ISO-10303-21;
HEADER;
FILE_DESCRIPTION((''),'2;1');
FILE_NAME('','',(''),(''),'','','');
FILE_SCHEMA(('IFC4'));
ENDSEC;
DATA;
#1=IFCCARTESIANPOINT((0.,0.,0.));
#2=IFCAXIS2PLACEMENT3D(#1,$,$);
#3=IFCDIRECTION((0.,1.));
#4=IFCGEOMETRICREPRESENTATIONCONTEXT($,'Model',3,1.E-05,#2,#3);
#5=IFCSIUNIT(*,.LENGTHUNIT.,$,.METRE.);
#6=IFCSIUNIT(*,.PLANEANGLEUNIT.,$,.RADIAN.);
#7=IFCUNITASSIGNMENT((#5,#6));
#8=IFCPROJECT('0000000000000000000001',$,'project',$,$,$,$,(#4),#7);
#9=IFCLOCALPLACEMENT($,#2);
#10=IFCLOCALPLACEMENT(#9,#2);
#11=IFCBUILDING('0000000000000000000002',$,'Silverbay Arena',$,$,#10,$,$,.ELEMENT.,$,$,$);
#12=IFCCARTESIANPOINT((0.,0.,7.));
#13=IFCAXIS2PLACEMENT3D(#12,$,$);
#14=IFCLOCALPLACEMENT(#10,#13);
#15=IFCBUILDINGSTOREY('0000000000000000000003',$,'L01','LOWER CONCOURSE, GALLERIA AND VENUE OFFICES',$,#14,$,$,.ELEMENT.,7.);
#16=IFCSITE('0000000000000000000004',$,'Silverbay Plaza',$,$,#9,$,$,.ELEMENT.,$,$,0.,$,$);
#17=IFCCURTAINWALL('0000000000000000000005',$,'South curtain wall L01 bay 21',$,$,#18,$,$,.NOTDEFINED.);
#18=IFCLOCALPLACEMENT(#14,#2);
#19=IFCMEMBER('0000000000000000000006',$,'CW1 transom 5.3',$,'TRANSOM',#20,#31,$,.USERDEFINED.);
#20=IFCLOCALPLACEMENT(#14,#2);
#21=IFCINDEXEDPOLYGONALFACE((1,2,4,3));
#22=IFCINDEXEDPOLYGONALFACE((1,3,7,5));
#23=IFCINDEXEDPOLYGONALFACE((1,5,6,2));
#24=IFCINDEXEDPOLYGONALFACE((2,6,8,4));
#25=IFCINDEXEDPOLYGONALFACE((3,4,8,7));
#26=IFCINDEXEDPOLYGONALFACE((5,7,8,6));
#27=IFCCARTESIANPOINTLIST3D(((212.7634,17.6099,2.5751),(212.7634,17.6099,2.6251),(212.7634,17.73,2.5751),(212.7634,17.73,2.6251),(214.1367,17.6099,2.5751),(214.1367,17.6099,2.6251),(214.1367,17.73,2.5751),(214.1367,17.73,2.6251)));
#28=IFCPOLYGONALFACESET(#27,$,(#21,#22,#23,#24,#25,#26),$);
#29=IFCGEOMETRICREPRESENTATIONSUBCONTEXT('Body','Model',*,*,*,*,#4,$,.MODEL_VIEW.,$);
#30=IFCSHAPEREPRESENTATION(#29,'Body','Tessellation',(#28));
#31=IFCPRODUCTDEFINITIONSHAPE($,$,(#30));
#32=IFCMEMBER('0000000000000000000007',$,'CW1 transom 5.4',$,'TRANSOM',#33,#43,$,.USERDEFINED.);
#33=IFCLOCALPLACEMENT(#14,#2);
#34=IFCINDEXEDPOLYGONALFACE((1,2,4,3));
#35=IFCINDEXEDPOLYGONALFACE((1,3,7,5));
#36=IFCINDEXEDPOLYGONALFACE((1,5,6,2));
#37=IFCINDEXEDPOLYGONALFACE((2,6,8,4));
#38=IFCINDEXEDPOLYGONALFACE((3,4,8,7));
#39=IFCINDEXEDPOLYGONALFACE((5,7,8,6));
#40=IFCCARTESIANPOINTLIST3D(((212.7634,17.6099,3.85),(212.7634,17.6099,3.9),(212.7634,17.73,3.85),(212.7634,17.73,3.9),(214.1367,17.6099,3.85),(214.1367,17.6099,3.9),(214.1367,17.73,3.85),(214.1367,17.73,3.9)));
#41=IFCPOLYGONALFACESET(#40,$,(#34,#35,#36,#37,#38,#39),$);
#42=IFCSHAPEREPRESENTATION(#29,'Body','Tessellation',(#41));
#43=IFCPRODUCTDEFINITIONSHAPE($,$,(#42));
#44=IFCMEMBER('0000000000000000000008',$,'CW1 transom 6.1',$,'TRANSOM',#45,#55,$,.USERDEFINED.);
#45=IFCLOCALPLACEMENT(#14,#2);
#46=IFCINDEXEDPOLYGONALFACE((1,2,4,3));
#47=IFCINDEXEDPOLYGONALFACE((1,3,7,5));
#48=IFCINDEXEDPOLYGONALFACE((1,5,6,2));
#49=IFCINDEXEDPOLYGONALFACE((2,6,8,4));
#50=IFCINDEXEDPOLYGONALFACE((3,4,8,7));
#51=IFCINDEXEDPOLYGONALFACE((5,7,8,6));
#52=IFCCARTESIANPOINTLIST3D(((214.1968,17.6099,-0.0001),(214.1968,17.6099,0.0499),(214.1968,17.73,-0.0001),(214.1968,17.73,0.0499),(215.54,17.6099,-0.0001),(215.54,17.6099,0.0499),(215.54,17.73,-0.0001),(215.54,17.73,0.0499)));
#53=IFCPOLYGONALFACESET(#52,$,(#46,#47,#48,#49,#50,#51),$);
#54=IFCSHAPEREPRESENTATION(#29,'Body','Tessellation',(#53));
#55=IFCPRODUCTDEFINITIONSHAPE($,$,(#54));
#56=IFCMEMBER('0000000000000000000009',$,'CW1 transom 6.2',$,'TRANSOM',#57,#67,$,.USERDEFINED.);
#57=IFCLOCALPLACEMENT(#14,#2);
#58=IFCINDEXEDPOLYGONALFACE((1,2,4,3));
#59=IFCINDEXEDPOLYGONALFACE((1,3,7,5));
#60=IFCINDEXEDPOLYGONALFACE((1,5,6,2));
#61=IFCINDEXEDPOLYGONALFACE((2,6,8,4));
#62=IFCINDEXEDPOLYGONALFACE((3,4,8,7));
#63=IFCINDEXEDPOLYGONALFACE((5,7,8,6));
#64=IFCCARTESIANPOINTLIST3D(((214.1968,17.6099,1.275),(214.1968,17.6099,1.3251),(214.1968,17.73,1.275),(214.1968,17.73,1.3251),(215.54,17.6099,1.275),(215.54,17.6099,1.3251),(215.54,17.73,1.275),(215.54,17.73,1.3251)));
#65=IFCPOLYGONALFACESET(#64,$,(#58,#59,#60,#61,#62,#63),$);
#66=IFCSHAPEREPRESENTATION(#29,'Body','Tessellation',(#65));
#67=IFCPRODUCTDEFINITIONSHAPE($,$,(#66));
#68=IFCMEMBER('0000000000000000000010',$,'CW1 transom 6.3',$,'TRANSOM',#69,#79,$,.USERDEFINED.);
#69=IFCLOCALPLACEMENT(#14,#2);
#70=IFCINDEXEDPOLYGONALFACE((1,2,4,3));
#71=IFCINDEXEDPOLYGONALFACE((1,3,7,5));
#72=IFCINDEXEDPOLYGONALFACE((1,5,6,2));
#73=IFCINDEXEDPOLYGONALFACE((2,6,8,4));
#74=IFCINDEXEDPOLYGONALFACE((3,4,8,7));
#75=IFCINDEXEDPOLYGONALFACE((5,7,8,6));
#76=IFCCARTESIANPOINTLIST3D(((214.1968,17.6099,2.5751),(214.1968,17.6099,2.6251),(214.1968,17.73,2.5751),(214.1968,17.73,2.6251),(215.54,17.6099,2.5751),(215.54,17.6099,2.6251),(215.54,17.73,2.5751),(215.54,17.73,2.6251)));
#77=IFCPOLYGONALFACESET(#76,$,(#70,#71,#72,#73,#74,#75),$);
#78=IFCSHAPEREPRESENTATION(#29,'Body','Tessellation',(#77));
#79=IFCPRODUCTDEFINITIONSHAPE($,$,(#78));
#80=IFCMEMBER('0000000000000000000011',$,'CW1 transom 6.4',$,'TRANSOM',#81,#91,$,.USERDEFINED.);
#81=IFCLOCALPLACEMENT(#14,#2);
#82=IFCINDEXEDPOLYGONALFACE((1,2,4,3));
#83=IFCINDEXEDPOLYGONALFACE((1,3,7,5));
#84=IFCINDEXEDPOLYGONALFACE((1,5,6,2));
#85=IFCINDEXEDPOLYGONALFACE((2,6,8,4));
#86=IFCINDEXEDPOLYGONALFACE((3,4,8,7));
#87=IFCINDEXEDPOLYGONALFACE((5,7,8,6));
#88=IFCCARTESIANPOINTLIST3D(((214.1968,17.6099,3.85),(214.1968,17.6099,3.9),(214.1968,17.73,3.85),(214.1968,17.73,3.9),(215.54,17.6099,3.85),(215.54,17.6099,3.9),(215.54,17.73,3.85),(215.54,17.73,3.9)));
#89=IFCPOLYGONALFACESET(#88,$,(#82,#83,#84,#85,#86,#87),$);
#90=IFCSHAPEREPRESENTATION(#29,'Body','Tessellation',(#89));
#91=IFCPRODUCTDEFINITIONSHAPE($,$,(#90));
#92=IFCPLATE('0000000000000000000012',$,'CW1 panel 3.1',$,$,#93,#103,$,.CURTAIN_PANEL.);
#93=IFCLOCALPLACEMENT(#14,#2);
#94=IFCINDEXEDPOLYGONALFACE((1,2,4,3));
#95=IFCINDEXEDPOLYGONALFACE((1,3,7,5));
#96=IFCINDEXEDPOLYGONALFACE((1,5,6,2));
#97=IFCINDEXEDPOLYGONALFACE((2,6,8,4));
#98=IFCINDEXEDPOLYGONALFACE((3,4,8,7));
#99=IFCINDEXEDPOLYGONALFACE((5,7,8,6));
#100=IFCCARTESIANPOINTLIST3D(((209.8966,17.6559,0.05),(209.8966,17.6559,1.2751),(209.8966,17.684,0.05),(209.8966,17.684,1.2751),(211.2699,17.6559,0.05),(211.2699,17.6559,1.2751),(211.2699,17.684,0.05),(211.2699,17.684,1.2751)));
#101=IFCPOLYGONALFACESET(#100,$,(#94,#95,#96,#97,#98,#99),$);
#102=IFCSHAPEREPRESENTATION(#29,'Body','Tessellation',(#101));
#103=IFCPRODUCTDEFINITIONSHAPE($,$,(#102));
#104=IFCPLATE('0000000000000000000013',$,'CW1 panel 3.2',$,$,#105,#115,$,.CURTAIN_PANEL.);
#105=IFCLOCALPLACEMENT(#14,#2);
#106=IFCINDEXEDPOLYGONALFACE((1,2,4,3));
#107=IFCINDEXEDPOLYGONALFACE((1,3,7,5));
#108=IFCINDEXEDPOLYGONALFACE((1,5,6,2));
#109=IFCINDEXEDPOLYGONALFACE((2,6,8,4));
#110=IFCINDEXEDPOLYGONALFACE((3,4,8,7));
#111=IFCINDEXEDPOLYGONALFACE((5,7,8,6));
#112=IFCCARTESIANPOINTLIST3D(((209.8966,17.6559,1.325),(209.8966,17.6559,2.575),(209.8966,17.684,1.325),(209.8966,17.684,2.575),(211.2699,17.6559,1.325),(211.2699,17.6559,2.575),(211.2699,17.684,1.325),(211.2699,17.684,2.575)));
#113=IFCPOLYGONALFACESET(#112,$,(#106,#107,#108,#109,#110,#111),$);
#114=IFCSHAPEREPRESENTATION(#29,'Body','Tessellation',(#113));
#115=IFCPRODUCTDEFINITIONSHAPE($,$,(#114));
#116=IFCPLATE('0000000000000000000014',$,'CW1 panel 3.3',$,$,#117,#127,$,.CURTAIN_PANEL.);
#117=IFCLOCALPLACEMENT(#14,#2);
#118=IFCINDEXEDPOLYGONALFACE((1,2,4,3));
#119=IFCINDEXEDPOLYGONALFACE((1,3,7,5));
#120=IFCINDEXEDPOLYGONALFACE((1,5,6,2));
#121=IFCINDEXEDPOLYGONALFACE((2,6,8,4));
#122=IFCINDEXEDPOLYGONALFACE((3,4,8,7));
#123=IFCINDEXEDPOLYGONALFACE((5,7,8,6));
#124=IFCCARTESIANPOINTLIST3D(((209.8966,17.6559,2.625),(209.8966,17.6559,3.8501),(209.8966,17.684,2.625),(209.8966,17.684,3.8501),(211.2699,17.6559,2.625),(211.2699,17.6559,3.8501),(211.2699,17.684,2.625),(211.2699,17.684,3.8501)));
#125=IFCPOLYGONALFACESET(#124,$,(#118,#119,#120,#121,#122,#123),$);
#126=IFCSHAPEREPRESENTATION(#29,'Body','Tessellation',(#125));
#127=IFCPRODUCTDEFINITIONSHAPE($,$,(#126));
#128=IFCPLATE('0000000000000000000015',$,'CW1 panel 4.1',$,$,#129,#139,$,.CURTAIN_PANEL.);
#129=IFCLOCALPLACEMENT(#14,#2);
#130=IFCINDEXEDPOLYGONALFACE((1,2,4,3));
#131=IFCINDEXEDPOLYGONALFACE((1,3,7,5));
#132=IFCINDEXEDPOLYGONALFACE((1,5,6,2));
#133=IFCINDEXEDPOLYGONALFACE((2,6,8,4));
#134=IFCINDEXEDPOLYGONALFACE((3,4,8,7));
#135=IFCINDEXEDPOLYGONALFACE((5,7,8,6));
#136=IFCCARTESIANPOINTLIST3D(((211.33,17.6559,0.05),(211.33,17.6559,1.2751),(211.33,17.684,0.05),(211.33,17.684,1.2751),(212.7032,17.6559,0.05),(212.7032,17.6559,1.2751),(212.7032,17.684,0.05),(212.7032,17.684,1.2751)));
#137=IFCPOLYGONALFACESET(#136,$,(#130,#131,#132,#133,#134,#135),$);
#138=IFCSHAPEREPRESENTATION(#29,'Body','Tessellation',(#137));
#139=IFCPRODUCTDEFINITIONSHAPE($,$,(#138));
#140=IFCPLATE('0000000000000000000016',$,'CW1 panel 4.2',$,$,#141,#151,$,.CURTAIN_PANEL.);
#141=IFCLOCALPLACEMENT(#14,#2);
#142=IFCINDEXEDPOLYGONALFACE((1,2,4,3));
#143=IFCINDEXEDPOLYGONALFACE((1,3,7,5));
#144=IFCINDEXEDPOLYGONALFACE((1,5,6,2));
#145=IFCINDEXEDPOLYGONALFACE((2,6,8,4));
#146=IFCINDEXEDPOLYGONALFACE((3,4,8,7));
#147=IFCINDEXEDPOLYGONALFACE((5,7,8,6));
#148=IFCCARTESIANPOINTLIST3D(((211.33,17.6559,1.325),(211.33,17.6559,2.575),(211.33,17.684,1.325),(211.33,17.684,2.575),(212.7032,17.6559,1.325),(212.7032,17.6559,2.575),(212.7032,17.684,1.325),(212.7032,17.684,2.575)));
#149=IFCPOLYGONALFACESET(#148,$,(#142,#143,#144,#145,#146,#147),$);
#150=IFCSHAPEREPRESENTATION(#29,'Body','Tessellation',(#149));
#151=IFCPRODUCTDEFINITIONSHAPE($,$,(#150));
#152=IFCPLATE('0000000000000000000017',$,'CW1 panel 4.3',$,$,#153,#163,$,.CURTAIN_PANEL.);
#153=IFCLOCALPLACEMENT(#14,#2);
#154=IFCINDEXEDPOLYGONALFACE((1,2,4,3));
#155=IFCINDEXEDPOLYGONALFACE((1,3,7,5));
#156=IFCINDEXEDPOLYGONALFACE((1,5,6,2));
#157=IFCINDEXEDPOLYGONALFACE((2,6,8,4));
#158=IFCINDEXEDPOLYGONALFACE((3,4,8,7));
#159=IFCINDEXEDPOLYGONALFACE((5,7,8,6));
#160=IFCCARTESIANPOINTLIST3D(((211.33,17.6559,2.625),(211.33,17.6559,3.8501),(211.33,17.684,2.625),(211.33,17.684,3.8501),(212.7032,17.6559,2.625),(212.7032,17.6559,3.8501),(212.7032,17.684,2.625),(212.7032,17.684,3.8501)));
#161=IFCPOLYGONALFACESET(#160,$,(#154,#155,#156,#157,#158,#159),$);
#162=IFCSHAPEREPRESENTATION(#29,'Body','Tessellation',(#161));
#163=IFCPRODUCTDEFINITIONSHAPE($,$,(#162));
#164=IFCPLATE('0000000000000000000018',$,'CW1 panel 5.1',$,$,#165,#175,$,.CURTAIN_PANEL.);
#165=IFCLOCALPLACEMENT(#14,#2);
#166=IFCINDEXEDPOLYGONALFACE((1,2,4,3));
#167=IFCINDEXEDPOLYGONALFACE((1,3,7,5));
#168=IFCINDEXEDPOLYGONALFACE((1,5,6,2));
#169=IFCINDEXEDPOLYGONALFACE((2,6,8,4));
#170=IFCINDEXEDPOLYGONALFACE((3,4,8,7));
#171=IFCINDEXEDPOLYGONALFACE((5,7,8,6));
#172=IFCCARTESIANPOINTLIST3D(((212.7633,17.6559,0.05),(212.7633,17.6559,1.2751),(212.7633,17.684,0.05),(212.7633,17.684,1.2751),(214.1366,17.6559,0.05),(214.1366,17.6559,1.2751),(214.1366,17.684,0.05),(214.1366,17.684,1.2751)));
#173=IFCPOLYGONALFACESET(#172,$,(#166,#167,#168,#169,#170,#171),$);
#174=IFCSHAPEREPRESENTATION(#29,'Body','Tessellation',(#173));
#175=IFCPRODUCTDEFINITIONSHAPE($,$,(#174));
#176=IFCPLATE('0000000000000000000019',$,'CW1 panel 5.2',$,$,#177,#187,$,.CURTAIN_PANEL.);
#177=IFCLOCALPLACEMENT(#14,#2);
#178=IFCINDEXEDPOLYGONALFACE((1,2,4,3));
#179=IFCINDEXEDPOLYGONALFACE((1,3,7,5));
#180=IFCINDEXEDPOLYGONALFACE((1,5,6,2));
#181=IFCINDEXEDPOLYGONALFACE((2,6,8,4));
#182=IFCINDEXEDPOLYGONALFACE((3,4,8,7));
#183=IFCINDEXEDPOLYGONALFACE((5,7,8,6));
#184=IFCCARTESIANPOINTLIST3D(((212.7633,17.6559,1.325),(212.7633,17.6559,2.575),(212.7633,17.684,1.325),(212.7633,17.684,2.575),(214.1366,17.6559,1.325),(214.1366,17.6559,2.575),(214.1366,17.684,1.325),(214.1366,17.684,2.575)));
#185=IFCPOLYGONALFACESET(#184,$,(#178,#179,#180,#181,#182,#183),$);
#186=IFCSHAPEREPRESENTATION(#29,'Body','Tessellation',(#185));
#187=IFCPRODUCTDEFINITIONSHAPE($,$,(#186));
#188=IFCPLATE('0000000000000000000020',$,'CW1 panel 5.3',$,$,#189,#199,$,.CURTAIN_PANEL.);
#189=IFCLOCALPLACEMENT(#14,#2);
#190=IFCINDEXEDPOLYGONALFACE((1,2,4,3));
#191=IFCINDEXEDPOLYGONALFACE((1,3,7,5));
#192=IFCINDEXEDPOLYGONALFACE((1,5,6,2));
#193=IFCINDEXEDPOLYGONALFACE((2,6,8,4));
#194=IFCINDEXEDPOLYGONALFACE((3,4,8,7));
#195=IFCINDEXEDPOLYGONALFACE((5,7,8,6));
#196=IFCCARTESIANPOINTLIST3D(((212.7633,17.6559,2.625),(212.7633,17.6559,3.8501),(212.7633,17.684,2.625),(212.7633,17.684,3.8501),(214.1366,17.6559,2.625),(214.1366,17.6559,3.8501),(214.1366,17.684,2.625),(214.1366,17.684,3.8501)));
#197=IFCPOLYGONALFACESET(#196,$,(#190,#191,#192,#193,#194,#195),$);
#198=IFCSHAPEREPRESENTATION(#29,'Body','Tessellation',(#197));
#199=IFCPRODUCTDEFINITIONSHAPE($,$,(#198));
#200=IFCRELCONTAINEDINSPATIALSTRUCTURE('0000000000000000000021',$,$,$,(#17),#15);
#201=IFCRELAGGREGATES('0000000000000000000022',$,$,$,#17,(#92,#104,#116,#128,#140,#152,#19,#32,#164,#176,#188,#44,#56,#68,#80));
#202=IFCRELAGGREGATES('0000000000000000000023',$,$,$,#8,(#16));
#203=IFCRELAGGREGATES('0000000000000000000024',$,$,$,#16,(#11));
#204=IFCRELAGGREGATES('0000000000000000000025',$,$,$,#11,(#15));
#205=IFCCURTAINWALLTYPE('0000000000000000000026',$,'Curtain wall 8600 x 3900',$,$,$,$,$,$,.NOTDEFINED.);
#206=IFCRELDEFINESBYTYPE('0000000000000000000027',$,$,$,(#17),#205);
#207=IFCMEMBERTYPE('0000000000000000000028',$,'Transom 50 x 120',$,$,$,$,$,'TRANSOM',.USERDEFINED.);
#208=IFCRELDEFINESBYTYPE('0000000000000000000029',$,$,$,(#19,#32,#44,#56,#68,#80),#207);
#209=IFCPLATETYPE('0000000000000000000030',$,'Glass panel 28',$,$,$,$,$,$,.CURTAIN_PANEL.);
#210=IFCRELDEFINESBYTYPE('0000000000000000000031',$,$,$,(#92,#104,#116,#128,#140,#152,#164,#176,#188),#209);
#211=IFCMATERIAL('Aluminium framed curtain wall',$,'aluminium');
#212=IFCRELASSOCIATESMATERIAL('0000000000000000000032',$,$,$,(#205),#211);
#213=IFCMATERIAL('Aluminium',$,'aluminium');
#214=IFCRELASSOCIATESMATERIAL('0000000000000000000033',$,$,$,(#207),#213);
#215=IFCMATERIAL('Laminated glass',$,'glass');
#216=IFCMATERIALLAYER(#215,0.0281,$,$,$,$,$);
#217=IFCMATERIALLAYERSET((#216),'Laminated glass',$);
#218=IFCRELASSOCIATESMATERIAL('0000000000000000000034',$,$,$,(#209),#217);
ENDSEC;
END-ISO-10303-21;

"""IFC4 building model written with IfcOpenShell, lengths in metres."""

from ifc_helpers import new_model, si_unit, direction, frame, origin, origin_2d, place, context, subcontext, project, spatial, rectangle, extrude, material, layer, layer_set, material_profile, profile_set, type_object, element, aggregate, save


model = new_model("IFC4")

# Units and contexts
model_context = context("Model", 3, precision=1e-05, world=origin(), true_north=direction((0.0, 1.0)))
body_context = subcontext(model_context, "Body", "Model", "MODEL_VIEW")
ifc_project = project(units=[si_unit("LENGTHUNIT", "METRE"), si_unit("PLANEANGLEUNIT", "RADIAN")], contexts=[model_context])

# Site, building, storey
site_placement = place(None, origin())
site = spatial("IfcSite", under=ifc_project, at=site_placement, Name="Silverbay Plaza", CompositionType="ELEMENT", RefElevation=0.0)
building_placement = place(site_placement, origin())
building = spatial("IfcBuilding", under=site, at=building_placement, Name="Silverbay Arena", CompositionType="ELEMENT")
storey_placement = place(building_placement, frame((0.0, 0.0, 7.0)))
storey = spatial("IfcBuildingStorey", under=building, at=storey_placement, Name="L01", Description="LOWER CONCOURSE, GALLERIA AND VENUE OFFICES", CompositionType="ELEMENT", Elevation=7.0)

# Curtain wall
ifc_material_1 = material(Name="Aluminium framed curtain wall", Category="aluminium")
curtain_wall_type = type_object("IfcCurtainWallType", Name="Curtain wall 8600 x 3900", PredefinedType="NOTDEFINED", material=ifc_material_1)
curtain_wall_placement = place(storey_placement, origin())
curtain_wall = element("IfcCurtainWall", 1, at=curtain_wall_placement, inside=storey, type_object=curtain_wall_type, Name="South curtain wall L01 bay 21", PredefinedType="NOTDEFINED")

# Members
ifc_material_2 = material(Name="Aluminium", Category="aluminium")
ifc_material_profile_1 = material_profile(ifc_material_2, rectangle(XDim=0.1201, YDim=0.05, at=origin_2d()), Name="Transom 50 x 120")
ifc_profile_set_1 = profile_set([ifc_material_profile_1], Name="Aluminium")
member_type_1 = type_object("IfcMemberType", Name="Transom 50 x 120", ElementType="TRANSOM", PredefinedType="USERDEFINED", material=ifc_profile_set_1)
member_1_placement = place(storey_placement, frame((212.7634, 17.6699, 2.6001), z_axis=(1.0, 0.0, 0.0), x_axis=(0.0, 1.0, 0.0)))
member_1 = element("IfcMember", 2, at=member_1_placement, type_object=member_type_1, Name="CW1 transom 5.3", ObjectType="TRANSOM", PredefinedType="USERDEFINED", context=body_context, shape_type="SweptSolid", body=[
    extrude(rectangle(XDim=0.1201, YDim=0.05, at=origin_2d()), origin(), (0.0, 0.0, 1.0), 1.3733),
])
member_2_placement = place(storey_placement, frame((212.7634, 17.6699, 3.875), z_axis=(1.0, 0.0, 0.0), x_axis=(0.0, 1.0, 0.0)))
member_2 = element("IfcMember", 3, at=member_2_placement, type_object=member_type_1, Name="CW1 transom 5.4", ObjectType="TRANSOM", PredefinedType="USERDEFINED", context=body_context, shape_type="SweptSolid", body=[
    extrude(rectangle(XDim=0.1201, YDim=0.05, at=origin_2d()), origin(), (0.0, 0.0, 1.0), 1.3733),
])
member_3_placement = place(storey_placement, frame((214.1968, 17.6699, 0.0249), z_axis=(1.0, 0.0, 0.0), x_axis=(0.0, 1.0, 0.0)))
member_3 = element("IfcMember", 4, at=member_3_placement, type_object=member_type_1, Name="CW1 transom 6.1", ObjectType="TRANSOM", PredefinedType="USERDEFINED", context=body_context, shape_type="SweptSolid", body=[
    extrude(rectangle(XDim=0.1201, YDim=0.05, at=origin_2d()), origin(), (0.0, 0.0, 1.0), 1.3433),
])
member_4_placement = place(storey_placement, frame((214.1968, 17.6699, 1.3), z_axis=(1.0, 0.0, 0.0), x_axis=(0.0, 1.0, 0.0)))
member_4 = element("IfcMember", 5, at=member_4_placement, type_object=member_type_1, Name="CW1 transom 6.2", ObjectType="TRANSOM", PredefinedType="USERDEFINED", context=body_context, shape_type="SweptSolid", body=[
    extrude(rectangle(XDim=0.1201, YDim=0.05, at=origin_2d()), origin(), (0.0, 0.0, 1.0), 1.3433),
])
member_5_placement = place(storey_placement, frame((214.1968, 17.6699, 2.6001), z_axis=(1.0, 0.0, 0.0), x_axis=(0.0, 1.0, 0.0)))
member_5 = element("IfcMember", 6, at=member_5_placement, type_object=member_type_1, Name="CW1 transom 6.3", ObjectType="TRANSOM", PredefinedType="USERDEFINED", context=body_context, shape_type="SweptSolid", body=[
    extrude(rectangle(XDim=0.1201, YDim=0.05, at=origin_2d()), origin(), (0.0, 0.0, 1.0), 1.3433),
])
member_6_placement = place(storey_placement, frame((214.1968, 17.6699, 3.875), z_axis=(1.0, 0.0, 0.0), x_axis=(0.0, 1.0, 0.0)))
member_6 = element("IfcMember", 7, at=member_6_placement, type_object=member_type_1, Name="CW1 transom 6.4", ObjectType="TRANSOM", PredefinedType="USERDEFINED", context=body_context, shape_type="SweptSolid", body=[
    extrude(rectangle(XDim=0.1201, YDim=0.05, at=origin_2d()), origin(), (0.0, 0.0, 1.0), 1.3433),
])

# Plates
ifc_material_3 = material(Name="Laminated glass", Category="glass")
ifc_layer = layer(ifc_material_3, 0.0281)
ifc_layer_set = layer_set([ifc_layer], Name="Laminated glass")
plate_type = type_object("IfcPlateType", Name="Glass panel 28", PredefinedType="CURTAIN_PANEL", material=ifc_layer_set)
plate_1_placement = place(storey_placement, frame((210.5833, 17.6699, 0.05), z_axis=(0.0, 0.0, 1.0), x_axis=(1.0, 0.0, 0.0)))
plate_1 = element("IfcPlate", 8, at=plate_1_placement, type_object=plate_type, Name="CW1 panel 3.1", PredefinedType="CURTAIN_PANEL", context=body_context, shape_type="SweptSolid", body=[
    extrude(rectangle(XDim=1.3733, YDim=0.0281, at=origin_2d()), origin(), (0.0, 0.0, 1.0), 1.2251),
])
plate_2_placement = place(storey_placement, frame((210.5833, 17.6699, 1.325), z_axis=(0.0, 0.0, 1.0), x_axis=(1.0, 0.0, 0.0)))
plate_2 = element("IfcPlate", 9, at=plate_2_placement, type_object=plate_type, Name="CW1 panel 3.2", PredefinedType="CURTAIN_PANEL", context=body_context, shape_type="SweptSolid", body=[
    extrude(rectangle(XDim=1.3733, YDim=0.0281, at=origin_2d()), origin(), (0.0, 0.0, 1.0), 1.25),
])
plate_3_placement = place(storey_placement, frame((210.5833, 17.6699, 2.625), z_axis=(0.0, 0.0, 1.0), x_axis=(1.0, 0.0, 0.0)))
plate_3 = element("IfcPlate", 10, at=plate_3_placement, type_object=plate_type, Name="CW1 panel 3.3", PredefinedType="CURTAIN_PANEL", context=body_context, shape_type="SweptSolid", body=[
    extrude(rectangle(XDim=1.3733, YDim=0.0281, at=origin_2d()), origin(), (0.0, 0.0, 1.0), 1.2251),
])
plate_4_placement = place(storey_placement, frame((212.0166, 17.6699, 0.05), z_axis=(0.0, 0.0, 1.0), x_axis=(1.0, 0.0, 0.0)))
plate_4 = element("IfcPlate", 11, at=plate_4_placement, type_object=plate_type, Name="CW1 panel 4.1", PredefinedType="CURTAIN_PANEL", context=body_context, shape_type="SweptSolid", body=[
    extrude(rectangle(XDim=1.3733, YDim=0.0281, at=origin_2d()), origin(), (0.0, 0.0, 1.0), 1.2251),
])
plate_5_placement = place(storey_placement, frame((212.0166, 17.6699, 1.325), z_axis=(0.0, 0.0, 1.0), x_axis=(1.0, 0.0, 0.0)))
plate_5 = element("IfcPlate", 12, at=plate_5_placement, type_object=plate_type, Name="CW1 panel 4.2", PredefinedType="CURTAIN_PANEL", context=body_context, shape_type="SweptSolid", body=[
    extrude(rectangle(XDim=1.3733, YDim=0.0281, at=origin_2d()), origin(), (0.0, 0.0, 1.0), 1.25),
])
plate_6_placement = place(storey_placement, frame((212.0166, 17.6699, 2.625), z_axis=(0.0, 0.0, 1.0), x_axis=(1.0, 0.0, 0.0)))
plate_6 = element("IfcPlate", 13, at=plate_6_placement, type_object=plate_type, Name="CW1 panel 4.3", PredefinedType="CURTAIN_PANEL", context=body_context, shape_type="SweptSolid", body=[
    extrude(rectangle(XDim=1.3733, YDim=0.0281, at=origin_2d()), origin(), (0.0, 0.0, 1.0), 1.2251),
])
plate_7_placement = place(storey_placement, frame((213.45, 17.6699, 0.05), z_axis=(0.0, 0.0, 1.0), x_axis=(1.0, 0.0, 0.0)))
plate_7 = element("IfcPlate", 14, at=plate_7_placement, type_object=plate_type, Name="CW1 panel 5.1", PredefinedType="CURTAIN_PANEL", context=body_context, shape_type="SweptSolid", body=[
    extrude(rectangle(XDim=1.3733, YDim=0.0281, at=origin_2d()), origin(), (0.0, 0.0, 1.0), 1.2251),
])
plate_8_placement = place(storey_placement, frame((213.45, 17.6699, 1.325), z_axis=(0.0, 0.0, 1.0), x_axis=(1.0, 0.0, 0.0)))
plate_8 = element("IfcPlate", 15, at=plate_8_placement, type_object=plate_type, Name="CW1 panel 5.2", PredefinedType="CURTAIN_PANEL", context=body_context, shape_type="SweptSolid", body=[
    extrude(rectangle(XDim=1.3733, YDim=0.0281, at=origin_2d()), origin(), (0.0, 0.0, 1.0), 1.25),
])
plate_9_placement = place(storey_placement, frame((213.45, 17.6699, 2.625), z_axis=(0.0, 0.0, 1.0), x_axis=(1.0, 0.0, 0.0)))
plate_9 = element("IfcPlate", 16, at=plate_9_placement, type_object=plate_type, Name="CW1 panel 5.3", PredefinedType="CURTAIN_PANEL", context=body_context, shape_type="SweptSolid", body=[
    extrude(rectangle(XDim=1.3733, YDim=0.0281, at=origin_2d()), origin(), (0.0, 0.0, 1.0), 1.2251),
])
aggregate(curtain_wall, [plate_1, plate_2, plate_3, plate_4, plate_5, plate_6, member_1, member_2, plate_7, plate_8, plate_9, member_3, member_4, member_5, member_6])

save(model, "model.ifc")
